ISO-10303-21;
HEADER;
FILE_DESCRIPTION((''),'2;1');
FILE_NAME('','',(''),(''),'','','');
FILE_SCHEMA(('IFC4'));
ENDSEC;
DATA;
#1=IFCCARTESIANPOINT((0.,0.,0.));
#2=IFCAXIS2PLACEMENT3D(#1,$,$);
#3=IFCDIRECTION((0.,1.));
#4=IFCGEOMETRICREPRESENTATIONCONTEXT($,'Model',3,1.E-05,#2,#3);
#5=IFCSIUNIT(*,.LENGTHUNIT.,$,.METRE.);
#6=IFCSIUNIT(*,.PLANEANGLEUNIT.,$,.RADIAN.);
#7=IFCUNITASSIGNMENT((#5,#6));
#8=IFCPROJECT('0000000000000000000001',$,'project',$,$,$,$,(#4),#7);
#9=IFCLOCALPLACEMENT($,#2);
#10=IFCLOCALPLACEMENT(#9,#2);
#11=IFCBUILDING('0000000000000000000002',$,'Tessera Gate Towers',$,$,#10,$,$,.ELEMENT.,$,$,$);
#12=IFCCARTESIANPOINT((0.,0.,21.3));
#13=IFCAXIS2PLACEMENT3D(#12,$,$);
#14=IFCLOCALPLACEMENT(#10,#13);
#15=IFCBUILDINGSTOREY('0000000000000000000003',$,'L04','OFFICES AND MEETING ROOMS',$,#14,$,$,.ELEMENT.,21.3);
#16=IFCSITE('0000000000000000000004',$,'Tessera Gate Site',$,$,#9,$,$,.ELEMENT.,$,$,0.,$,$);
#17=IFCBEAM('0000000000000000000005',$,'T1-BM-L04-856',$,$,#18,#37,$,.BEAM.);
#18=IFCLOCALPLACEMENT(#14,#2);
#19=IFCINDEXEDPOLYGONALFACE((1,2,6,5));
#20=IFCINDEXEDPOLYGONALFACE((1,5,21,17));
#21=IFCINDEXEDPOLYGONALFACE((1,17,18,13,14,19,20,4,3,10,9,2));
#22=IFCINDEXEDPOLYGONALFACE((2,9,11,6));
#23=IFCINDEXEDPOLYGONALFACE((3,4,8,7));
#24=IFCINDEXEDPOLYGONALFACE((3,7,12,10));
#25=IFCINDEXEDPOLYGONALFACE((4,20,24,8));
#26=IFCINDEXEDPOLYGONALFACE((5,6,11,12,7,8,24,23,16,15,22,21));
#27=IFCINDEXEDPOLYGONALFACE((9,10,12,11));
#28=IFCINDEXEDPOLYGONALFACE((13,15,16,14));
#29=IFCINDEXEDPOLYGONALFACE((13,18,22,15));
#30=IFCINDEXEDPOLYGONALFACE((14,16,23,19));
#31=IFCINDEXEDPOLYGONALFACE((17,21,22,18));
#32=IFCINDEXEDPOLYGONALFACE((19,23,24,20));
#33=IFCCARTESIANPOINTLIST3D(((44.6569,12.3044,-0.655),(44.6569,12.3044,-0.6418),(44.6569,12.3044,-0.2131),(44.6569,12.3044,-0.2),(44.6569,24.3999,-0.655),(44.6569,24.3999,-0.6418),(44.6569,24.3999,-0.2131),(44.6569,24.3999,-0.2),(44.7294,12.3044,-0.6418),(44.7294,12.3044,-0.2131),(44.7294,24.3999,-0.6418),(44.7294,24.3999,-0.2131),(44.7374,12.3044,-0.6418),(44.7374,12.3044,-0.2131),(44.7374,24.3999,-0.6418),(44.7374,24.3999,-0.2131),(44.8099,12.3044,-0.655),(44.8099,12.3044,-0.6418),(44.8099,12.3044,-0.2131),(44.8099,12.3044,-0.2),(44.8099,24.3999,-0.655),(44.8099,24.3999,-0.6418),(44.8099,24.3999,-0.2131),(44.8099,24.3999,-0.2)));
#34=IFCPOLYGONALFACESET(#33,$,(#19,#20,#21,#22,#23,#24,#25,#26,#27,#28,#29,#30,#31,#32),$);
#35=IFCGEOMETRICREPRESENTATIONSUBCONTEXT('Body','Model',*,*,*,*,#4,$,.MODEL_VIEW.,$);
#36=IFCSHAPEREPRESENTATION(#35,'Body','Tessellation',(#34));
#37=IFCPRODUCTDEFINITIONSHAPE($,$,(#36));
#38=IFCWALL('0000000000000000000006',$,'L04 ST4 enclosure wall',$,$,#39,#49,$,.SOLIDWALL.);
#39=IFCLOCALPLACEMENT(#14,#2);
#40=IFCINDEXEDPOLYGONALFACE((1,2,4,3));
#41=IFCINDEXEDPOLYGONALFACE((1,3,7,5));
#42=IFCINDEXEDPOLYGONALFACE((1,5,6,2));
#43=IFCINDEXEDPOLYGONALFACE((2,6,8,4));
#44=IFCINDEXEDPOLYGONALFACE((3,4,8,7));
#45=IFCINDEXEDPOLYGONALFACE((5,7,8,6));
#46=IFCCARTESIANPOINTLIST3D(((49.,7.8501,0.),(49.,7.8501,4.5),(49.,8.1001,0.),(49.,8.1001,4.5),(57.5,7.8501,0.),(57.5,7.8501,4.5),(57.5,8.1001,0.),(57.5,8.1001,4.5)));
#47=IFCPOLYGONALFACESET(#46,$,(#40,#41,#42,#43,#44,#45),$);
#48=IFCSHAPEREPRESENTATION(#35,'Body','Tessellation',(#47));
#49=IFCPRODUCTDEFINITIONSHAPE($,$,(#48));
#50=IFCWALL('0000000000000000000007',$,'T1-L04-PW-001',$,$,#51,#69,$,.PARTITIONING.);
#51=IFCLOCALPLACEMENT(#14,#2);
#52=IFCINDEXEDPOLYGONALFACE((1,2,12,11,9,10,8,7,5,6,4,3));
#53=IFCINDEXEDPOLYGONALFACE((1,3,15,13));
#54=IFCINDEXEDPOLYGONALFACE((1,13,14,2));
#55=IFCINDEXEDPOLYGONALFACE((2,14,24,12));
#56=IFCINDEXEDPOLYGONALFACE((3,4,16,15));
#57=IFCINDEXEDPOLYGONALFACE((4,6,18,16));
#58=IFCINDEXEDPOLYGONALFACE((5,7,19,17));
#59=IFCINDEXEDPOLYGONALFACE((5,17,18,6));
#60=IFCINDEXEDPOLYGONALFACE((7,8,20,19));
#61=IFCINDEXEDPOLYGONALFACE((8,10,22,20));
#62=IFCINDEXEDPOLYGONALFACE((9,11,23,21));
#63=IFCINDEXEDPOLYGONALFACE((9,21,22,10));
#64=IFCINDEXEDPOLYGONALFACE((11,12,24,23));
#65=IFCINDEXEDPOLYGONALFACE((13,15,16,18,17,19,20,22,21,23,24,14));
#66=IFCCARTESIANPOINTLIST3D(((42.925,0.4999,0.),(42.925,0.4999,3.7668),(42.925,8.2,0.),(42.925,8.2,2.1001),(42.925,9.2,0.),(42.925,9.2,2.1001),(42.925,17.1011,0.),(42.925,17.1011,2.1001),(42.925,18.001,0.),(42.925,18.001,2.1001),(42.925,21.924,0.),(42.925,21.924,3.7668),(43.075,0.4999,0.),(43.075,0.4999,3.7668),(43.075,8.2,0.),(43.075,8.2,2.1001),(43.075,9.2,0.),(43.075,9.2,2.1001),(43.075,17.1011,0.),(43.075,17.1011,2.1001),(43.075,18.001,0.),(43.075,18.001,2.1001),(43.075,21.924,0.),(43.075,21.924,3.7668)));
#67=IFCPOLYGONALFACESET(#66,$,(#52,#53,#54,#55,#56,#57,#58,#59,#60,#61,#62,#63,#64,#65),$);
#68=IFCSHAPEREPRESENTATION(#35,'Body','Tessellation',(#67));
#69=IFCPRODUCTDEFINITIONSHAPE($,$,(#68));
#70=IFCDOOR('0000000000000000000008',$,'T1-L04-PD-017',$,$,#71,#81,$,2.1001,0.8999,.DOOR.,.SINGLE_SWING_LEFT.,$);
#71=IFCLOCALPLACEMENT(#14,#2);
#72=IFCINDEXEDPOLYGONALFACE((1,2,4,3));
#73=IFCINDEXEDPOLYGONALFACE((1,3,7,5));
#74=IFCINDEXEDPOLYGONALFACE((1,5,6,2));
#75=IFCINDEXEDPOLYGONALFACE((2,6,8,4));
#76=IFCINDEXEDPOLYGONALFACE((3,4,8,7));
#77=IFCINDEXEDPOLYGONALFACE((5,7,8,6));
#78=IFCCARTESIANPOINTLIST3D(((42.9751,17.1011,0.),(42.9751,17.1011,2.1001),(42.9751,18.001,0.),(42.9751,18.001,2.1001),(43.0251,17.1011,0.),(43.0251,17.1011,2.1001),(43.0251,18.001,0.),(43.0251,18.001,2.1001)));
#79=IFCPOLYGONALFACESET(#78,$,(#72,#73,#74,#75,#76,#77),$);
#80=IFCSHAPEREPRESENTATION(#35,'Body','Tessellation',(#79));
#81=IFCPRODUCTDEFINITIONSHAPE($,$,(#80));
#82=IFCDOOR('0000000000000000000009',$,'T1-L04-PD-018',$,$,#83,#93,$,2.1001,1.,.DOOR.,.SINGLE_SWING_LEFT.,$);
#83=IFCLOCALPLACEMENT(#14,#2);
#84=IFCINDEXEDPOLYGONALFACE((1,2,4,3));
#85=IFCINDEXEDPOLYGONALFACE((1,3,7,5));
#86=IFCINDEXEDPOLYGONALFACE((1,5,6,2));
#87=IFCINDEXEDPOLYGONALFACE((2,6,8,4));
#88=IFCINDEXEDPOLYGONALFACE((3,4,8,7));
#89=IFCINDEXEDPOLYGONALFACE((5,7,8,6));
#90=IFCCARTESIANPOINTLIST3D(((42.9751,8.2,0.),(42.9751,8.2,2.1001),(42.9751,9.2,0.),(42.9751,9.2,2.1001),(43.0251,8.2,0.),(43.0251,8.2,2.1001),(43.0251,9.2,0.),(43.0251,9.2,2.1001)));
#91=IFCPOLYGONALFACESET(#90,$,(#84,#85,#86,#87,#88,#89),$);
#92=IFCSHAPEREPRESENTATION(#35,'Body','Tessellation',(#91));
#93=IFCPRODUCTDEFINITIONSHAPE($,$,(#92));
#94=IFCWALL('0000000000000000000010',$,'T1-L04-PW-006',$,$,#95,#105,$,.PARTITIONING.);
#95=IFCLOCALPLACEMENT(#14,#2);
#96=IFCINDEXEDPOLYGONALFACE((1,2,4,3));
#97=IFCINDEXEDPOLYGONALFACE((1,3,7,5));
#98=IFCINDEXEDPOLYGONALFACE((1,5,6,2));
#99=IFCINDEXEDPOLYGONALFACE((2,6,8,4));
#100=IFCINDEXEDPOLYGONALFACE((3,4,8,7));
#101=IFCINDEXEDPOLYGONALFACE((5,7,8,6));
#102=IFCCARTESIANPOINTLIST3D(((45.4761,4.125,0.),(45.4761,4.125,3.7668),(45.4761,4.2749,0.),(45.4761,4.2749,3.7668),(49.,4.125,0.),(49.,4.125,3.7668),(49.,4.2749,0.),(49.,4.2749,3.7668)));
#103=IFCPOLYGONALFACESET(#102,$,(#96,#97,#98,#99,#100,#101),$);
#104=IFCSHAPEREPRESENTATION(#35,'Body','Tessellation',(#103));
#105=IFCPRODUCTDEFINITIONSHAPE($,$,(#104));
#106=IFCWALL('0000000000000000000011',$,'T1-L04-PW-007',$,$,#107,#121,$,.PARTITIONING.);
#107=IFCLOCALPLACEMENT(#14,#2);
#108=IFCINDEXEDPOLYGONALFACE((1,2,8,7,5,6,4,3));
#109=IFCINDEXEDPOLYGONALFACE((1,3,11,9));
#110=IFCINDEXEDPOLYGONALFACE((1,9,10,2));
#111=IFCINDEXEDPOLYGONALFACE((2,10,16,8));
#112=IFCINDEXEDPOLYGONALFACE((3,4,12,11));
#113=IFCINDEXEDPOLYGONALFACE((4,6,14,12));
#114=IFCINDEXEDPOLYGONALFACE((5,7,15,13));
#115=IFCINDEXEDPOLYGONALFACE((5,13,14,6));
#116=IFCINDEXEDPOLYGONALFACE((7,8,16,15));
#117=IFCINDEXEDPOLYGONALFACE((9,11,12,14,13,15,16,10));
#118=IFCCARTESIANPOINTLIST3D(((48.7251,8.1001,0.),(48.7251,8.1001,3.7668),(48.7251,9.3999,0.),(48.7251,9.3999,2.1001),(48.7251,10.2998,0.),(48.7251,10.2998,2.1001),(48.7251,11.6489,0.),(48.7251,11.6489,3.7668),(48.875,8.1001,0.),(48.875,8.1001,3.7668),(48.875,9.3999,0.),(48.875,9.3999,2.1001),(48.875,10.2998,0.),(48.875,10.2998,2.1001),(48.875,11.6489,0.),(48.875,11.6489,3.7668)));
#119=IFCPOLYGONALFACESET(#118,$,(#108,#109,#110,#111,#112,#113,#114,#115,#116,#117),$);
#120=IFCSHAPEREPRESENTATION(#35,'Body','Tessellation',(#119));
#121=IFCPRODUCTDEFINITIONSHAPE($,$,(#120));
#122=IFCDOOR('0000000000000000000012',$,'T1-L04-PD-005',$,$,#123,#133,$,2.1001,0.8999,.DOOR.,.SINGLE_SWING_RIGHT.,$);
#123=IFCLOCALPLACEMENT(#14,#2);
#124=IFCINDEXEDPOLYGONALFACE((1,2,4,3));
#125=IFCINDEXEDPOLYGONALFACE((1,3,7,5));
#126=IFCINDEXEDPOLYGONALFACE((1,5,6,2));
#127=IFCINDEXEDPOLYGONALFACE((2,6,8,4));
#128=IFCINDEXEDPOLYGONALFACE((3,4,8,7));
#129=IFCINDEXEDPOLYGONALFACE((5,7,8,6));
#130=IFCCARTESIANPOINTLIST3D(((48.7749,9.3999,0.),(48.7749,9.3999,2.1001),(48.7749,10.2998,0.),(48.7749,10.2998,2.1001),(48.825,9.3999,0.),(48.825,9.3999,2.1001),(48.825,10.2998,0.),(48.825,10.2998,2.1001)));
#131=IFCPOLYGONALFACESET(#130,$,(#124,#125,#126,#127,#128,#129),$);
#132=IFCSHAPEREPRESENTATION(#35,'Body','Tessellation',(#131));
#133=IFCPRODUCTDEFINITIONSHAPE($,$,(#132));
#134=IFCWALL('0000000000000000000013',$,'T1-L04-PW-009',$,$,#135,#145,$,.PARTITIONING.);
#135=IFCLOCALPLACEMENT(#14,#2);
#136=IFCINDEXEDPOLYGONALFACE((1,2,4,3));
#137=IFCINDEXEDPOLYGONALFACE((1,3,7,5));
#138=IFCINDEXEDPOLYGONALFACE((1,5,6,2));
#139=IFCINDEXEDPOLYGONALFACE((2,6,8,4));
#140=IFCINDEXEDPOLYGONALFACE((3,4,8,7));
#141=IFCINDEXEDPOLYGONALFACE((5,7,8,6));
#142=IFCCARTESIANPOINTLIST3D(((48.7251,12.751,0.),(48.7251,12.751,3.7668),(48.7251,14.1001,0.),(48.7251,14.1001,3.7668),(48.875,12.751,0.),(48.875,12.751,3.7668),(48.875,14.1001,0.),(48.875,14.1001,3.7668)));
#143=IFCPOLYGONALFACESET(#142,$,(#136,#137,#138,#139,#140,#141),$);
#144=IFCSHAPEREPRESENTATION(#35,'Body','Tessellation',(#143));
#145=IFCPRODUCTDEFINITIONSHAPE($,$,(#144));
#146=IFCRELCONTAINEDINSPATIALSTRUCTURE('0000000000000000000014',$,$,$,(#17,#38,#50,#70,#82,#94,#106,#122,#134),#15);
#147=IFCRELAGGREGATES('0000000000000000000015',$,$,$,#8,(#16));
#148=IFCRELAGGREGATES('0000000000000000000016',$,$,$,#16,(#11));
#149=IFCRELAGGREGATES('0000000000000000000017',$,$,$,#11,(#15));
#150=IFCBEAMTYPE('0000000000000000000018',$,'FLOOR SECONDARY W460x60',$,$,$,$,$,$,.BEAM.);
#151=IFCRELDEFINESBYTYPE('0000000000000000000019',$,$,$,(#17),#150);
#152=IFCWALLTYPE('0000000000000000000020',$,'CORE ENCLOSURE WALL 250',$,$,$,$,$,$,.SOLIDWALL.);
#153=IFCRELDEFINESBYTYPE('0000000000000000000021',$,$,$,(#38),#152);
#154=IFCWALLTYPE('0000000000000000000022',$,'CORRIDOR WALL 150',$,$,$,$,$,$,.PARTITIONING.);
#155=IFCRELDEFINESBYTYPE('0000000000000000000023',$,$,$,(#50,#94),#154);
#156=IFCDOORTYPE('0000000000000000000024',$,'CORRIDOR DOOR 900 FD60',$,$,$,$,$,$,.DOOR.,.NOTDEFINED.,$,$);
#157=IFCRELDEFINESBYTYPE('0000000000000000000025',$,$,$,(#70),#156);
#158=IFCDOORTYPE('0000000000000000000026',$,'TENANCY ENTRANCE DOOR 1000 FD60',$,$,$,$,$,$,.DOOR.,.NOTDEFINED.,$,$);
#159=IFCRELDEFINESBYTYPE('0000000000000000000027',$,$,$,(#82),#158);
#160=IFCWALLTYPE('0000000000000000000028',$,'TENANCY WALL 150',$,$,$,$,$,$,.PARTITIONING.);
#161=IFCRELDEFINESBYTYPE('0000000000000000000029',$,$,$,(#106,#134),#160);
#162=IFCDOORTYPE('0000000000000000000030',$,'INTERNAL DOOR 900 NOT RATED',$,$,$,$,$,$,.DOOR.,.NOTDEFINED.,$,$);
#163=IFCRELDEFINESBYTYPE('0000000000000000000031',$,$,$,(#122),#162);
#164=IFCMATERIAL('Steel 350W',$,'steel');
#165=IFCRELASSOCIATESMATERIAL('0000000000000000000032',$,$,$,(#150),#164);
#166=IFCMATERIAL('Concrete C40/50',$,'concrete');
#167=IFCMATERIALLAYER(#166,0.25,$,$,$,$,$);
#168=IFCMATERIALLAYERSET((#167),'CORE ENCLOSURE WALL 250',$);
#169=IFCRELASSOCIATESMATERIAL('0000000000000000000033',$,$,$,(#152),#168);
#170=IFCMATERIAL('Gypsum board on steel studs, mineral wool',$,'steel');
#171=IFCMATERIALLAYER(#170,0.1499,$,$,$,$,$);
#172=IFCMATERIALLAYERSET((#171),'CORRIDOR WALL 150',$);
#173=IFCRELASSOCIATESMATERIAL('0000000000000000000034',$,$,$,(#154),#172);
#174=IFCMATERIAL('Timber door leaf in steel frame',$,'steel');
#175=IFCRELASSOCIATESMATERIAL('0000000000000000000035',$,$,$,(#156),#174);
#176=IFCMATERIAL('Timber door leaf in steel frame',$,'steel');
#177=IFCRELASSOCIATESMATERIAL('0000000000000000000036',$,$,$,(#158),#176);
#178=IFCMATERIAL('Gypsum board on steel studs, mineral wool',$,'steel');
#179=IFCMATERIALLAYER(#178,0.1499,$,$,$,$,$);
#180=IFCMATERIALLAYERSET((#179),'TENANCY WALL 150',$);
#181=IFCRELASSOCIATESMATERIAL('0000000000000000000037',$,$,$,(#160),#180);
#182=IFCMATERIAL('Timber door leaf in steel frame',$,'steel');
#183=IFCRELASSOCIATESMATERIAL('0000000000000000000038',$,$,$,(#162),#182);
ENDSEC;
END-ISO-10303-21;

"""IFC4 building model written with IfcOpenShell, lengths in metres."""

from ifc_helpers import new_model, si_unit, direction, frame, frame_2d, origin, origin_2d, place, context, subcontext, project, spatial, rectangle, i_section, extrude, source, transform, mapped, material, layer, layer_set, material_profile, profile_set, type_object, element, fill, save


model = new_model("IFC4")

# Units and contexts
model_context = context("Model", 3, precision=1e-05, world=origin(), true_north=direction((0.0, 1.0)))
body_context = subcontext(model_context, "Body", "Model", "MODEL_VIEW")
ifc_project = project(units=[si_unit("LENGTHUNIT", "METRE"), si_unit("PLANEANGLEUNIT", "RADIAN")], contexts=[model_context])

# Site, building, storey
site_placement = place(None, origin())
site = spatial("IfcSite", under=ifc_project, at=site_placement, Name="Tessera Gate Site", CompositionType="ELEMENT", RefElevation=0.0)
building_placement = place(site_placement, origin())
building = spatial("IfcBuilding", under=site, at=building_placement, Name="Tessera Gate Towers", CompositionType="ELEMENT")
storey_placement = place(building_placement, frame((0.0, 0.0, 21.3)))
storey = spatial("IfcBuildingStorey", under=building, at=storey_placement, Name="L04", Description="OFFICES AND MEETING ROOMS", CompositionType="ELEMENT", Elevation=21.3)

# Beam
ifc_material_1 = material(Name="Steel 350W", Category="steel")
ifc_material_profile_1 = material_profile(ifc_material_1, i_section(OverallWidth=0.1531, OverallDepth=0.4551, WebThickness=0.0081, FlangeThickness=0.0132, at=origin_2d()), Name="W460x60")
ifc_profile_set_1 = profile_set([ifc_material_profile_1], Name="Steel 350W")
beam_type_1 = type_object("IfcBeamType", Name="FLOOR SECONDARY W460x60", PredefinedType="BEAM", material=ifc_profile_set_1)
beam_1_placement = place(storey_placement, frame((44.7334, 12.3044, -0.4275), z_axis=(0.0, 1.0, 0.0), x_axis=(-1.0, 0.0, 0.0)))
element("IfcBeam", 1, at=beam_1_placement, inside=storey, type_object=beam_type_1, Name="T1-BM-L04-856", PredefinedType="BEAM", context=body_context, shape_type="SweptSolid", body=[
    extrude(i_section(OverallWidth=0.1531, OverallDepth=0.4551, WebThickness=0.0081, FlangeThickness=0.0132, at=origin_2d()), origin(), (0.0, 0.0, 1.0), 12.0955),
])

# Wall
ifc_material_2 = material(Name="Concrete C40/50", Category="concrete")
ifc_layer_1 = layer(ifc_material_2, 0.25)
ifc_layer_set_1 = layer_set([ifc_layer_1], Name="CORE ENCLOSURE WALL 250")
wall_type_1 = type_object("IfcWallType", Name="CORE ENCLOSURE WALL 250", PredefinedType="SOLIDWALL", material=ifc_layer_set_1)
wall_1_placement = place(storey_placement, frame((49.0, 7.9751, 0.0), z_axis=(0.0, 0.0, 1.0), x_axis=(1.0, 0.0, 0.0)))
element("IfcWall", 2, at=wall_1_placement, inside=storey, type_object=wall_type_1, Name="L04 ST4 enclosure wall", PredefinedType="SOLIDWALL", context=body_context, shape_type="SweptSolid", body=[
    extrude(rectangle(XDim=8.5, YDim=0.25, at=frame_2d((4.25, 0.0))), origin(), (0.0, 0.0, 1.0), 4.5),
])

# Wall, openings, doors
ifc_material_3 = material(Name="Gypsum board on steel studs, mineral wool", Category="steel")
ifc_layer_2 = layer(ifc_material_3, 0.1499)
ifc_layer_set_2 = layer_set([ifc_layer_2], Name="CORRIDOR WALL 150")
wall_type_2 = type_object("IfcWallType", Name="CORRIDOR WALL 150", PredefinedType="PARTITIONING", material=ifc_layer_set_2)
wall_2_placement = place(storey_placement, frame((43.0, 0.5, 0.0), z_axis=(0.0, 0.0, 1.0), x_axis=(0.0, 1.0, 0.0)))
wall_2 = element("IfcWall", 3, at=wall_2_placement, inside=storey, type_object=wall_type_2, Name="T1-L04-PW-001", PredefinedType="PARTITIONING", context=body_context, shape_type="SweptSolid", body=[
    extrude(rectangle(XDim=21.4241, YDim=0.1499, at=frame_2d((10.7119, 0.0))), origin(), (0.0, 0.0, 1.0), 3.7668),
])
shared_shape_1 = source(origin(), body_context, "Body", "SweptSolid", [
    extrude(rectangle(XDim=0.8999, YDim=2.1001, at=frame_2d((0.45, 1.05))), frame((0.0, 0.085, 0.0), z_axis=(0.0, -1.0, 0.0), x_axis=(1.0, 0.0, 0.0)), (0.0, 0.0, 1.0), 0.1699),
])
opening_1_placement = place(wall_2_placement, frame((16.6011, 0.0, 0.0)))
opening_1 = element("IfcOpeningElement", 4, at=opening_1_placement, cuts=wall_2, PredefinedType="OPENING", context=body_context, shape_type="MappedRepresentation", body=[
    mapped(shared_shape_1, transform((0.0, 0.0, 0.0), scale=1.0)),
])
shared_shape_2 = source(origin(), body_context, "Body", "SweptSolid", [
    extrude(rectangle(XDim=1.0, YDim=2.1001, at=frame_2d((0.5, 1.05))), frame((0.0, 0.085, 0.0), z_axis=(0.0, -1.0, 0.0), x_axis=(1.0, 0.0, 0.0)), (0.0, 0.0, 1.0), 0.1699),
])
opening_2_placement = place(wall_2_placement, frame((7.7, 0.0, 0.0)))
opening_2 = element("IfcOpeningElement", 5, at=opening_2_placement, cuts=wall_2, PredefinedType="OPENING", context=body_context, shape_type="MappedRepresentation", body=[
    mapped(shared_shape_2, transform((0.0, 0.0, 0.0), scale=1.0)),
])
ifc_material_4 = material(Name="Timber door leaf in steel frame", Category="steel")
door_type_1 = type_object("IfcDoorType", Name="CORRIDOR DOOR 900 FD60", OperationType="NOTDEFINED", PredefinedType="DOOR", material=ifc_material_4)
shared_shape_3 = source(origin(), body_context, "Body", "SweptSolid", [
    extrude(rectangle(XDim=0.8999, YDim=2.1001, at=frame_2d((0.45, 1.05))), frame((0.0, 0.0249, 0.0), z_axis=(0.0, -1.0, 0.0), x_axis=(1.0, 0.0, 0.0)), (0.0, 0.0, 1.0), 0.05),
])
door_1_placement = place(opening_1_placement, origin())
door_1 = element("IfcDoor", 6, at=door_1_placement, inside=storey, type_object=door_type_1, Name="T1-L04-PD-017", OperationType="SINGLE_SWING_LEFT", OverallHeight=2.1001, OverallWidth=0.8999, PredefinedType="DOOR", context=body_context, shape_type="MappedRepresentation", body=[
    mapped(shared_shape_3, transform((0.0, 0.0, 0.0), scale=1.0)),
])
fill(opening_1, door_1)
ifc_material_5 = material(Name="Timber door leaf in steel frame", Category="steel")
door_type_2 = type_object("IfcDoorType", Name="TENANCY ENTRANCE DOOR 1000 FD60", OperationType="NOTDEFINED", PredefinedType="DOOR", material=ifc_material_5)
shared_shape_4 = source(origin(), body_context, "Body", "SweptSolid", [
    extrude(rectangle(XDim=1.0, YDim=2.1001, at=frame_2d((0.5, 1.05))), frame((0.0, 0.0249, 0.0), z_axis=(0.0, -1.0, 0.0), x_axis=(1.0, 0.0, 0.0)), (0.0, 0.0, 1.0), 0.05),
])
door_2_placement = place(opening_2_placement, origin())
door_2 = element("IfcDoor", 7, at=door_2_placement, inside=storey, type_object=door_type_2, Name="T1-L04-PD-018", OperationType="SINGLE_SWING_LEFT", OverallHeight=2.1001, OverallWidth=1.0, PredefinedType="DOOR", context=body_context, shape_type="MappedRepresentation", body=[
    mapped(shared_shape_4, transform((0.0, 0.0, 0.0), scale=1.0)),
])
fill(opening_2, door_2)

# Wall
wall_3_placement = place(storey_placement, frame((45.4761, 4.2, 0.0), z_axis=(0.0, 0.0, 1.0), x_axis=(1.0, 0.0, 0.0)))
element("IfcWall", 8, at=wall_3_placement, inside=storey, type_object=wall_type_2, Name="T1-L04-PW-006", PredefinedType="PARTITIONING", context=body_context, shape_type="SweptSolid", body=[
    extrude(rectangle(XDim=3.5239, YDim=0.1499, at=frame_2d((1.762, 0.0))), origin(), (0.0, 0.0, 1.0), 3.7668),
])

# Wall, opening, door
ifc_material_6 = material(Name="Gypsum board on steel studs, mineral wool", Category="steel")
ifc_layer_3 = layer(ifc_material_6, 0.1499)
ifc_layer_set_3 = layer_set([ifc_layer_3], Name="TENANCY WALL 150")
wall_type_3 = type_object("IfcWallType", Name="TENANCY WALL 150", PredefinedType="PARTITIONING", material=ifc_layer_set_3)
wall_4_placement = place(storey_placement, frame((48.8, 11.6489, 0.0), z_axis=(0.0, 0.0, 1.0), x_axis=(0.0, -1.0, 0.0)))
wall_4 = element("IfcWall", 9, at=wall_4_placement, inside=storey, type_object=wall_type_3, Name="T1-L04-PW-007", PredefinedType="PARTITIONING", context=body_context, shape_type="SweptSolid", body=[
    extrude(rectangle(XDim=3.5488, YDim=0.1499, at=frame_2d((1.7744, 0.0))), origin(), (0.0, 0.0, 1.0), 3.7668),
])
opening_3_placement = place(wall_4_placement, frame((1.3491, 0.0, 0.0)))
opening_3 = element("IfcOpeningElement", 10, at=opening_3_placement, cuts=wall_4, PredefinedType="OPENING", context=body_context, shape_type="MappedRepresentation", body=[
    mapped(shared_shape_1, transform((0.0, 0.0, 0.0), scale=1.0)),
])
ifc_material_7 = material(Name="Timber door leaf in steel frame", Category="steel")
door_type_3 = type_object("IfcDoorType", Name="INTERNAL DOOR 900 NOT RATED", OperationType="NOTDEFINED", PredefinedType="DOOR", material=ifc_material_7)
door_3_placement = place(opening_3_placement, origin())
door_3 = element("IfcDoor", 11, at=door_3_placement, inside=storey, type_object=door_type_3, Name="T1-L04-PD-005", OperationType="SINGLE_SWING_RIGHT", OverallHeight=2.1001, OverallWidth=0.8999, PredefinedType="DOOR", context=body_context, shape_type="MappedRepresentation", body=[
    mapped(shared_shape_3, transform((0.0, 0.0, 0.0), scale=1.0)),
])
fill(opening_3, door_3)

# Wall
wall_5_placement = place(storey_placement, frame((48.8, 12.751, 0.0), z_axis=(0.0, 0.0, 1.0), x_axis=(0.0, 1.0, 0.0)))
element("IfcWall", 12, at=wall_5_placement, inside=storey, type_object=wall_type_3, Name="T1-L04-PW-009", PredefinedType="PARTITIONING", context=body_context, shape_type="SweptSolid", body=[
    extrude(rectangle(XDim=1.3491, YDim=0.1499, at=frame_2d((0.6746, 0.0))), origin(), (0.0, 0.0, 1.0), 3.7668),
])

save(model, "model.ifc")
